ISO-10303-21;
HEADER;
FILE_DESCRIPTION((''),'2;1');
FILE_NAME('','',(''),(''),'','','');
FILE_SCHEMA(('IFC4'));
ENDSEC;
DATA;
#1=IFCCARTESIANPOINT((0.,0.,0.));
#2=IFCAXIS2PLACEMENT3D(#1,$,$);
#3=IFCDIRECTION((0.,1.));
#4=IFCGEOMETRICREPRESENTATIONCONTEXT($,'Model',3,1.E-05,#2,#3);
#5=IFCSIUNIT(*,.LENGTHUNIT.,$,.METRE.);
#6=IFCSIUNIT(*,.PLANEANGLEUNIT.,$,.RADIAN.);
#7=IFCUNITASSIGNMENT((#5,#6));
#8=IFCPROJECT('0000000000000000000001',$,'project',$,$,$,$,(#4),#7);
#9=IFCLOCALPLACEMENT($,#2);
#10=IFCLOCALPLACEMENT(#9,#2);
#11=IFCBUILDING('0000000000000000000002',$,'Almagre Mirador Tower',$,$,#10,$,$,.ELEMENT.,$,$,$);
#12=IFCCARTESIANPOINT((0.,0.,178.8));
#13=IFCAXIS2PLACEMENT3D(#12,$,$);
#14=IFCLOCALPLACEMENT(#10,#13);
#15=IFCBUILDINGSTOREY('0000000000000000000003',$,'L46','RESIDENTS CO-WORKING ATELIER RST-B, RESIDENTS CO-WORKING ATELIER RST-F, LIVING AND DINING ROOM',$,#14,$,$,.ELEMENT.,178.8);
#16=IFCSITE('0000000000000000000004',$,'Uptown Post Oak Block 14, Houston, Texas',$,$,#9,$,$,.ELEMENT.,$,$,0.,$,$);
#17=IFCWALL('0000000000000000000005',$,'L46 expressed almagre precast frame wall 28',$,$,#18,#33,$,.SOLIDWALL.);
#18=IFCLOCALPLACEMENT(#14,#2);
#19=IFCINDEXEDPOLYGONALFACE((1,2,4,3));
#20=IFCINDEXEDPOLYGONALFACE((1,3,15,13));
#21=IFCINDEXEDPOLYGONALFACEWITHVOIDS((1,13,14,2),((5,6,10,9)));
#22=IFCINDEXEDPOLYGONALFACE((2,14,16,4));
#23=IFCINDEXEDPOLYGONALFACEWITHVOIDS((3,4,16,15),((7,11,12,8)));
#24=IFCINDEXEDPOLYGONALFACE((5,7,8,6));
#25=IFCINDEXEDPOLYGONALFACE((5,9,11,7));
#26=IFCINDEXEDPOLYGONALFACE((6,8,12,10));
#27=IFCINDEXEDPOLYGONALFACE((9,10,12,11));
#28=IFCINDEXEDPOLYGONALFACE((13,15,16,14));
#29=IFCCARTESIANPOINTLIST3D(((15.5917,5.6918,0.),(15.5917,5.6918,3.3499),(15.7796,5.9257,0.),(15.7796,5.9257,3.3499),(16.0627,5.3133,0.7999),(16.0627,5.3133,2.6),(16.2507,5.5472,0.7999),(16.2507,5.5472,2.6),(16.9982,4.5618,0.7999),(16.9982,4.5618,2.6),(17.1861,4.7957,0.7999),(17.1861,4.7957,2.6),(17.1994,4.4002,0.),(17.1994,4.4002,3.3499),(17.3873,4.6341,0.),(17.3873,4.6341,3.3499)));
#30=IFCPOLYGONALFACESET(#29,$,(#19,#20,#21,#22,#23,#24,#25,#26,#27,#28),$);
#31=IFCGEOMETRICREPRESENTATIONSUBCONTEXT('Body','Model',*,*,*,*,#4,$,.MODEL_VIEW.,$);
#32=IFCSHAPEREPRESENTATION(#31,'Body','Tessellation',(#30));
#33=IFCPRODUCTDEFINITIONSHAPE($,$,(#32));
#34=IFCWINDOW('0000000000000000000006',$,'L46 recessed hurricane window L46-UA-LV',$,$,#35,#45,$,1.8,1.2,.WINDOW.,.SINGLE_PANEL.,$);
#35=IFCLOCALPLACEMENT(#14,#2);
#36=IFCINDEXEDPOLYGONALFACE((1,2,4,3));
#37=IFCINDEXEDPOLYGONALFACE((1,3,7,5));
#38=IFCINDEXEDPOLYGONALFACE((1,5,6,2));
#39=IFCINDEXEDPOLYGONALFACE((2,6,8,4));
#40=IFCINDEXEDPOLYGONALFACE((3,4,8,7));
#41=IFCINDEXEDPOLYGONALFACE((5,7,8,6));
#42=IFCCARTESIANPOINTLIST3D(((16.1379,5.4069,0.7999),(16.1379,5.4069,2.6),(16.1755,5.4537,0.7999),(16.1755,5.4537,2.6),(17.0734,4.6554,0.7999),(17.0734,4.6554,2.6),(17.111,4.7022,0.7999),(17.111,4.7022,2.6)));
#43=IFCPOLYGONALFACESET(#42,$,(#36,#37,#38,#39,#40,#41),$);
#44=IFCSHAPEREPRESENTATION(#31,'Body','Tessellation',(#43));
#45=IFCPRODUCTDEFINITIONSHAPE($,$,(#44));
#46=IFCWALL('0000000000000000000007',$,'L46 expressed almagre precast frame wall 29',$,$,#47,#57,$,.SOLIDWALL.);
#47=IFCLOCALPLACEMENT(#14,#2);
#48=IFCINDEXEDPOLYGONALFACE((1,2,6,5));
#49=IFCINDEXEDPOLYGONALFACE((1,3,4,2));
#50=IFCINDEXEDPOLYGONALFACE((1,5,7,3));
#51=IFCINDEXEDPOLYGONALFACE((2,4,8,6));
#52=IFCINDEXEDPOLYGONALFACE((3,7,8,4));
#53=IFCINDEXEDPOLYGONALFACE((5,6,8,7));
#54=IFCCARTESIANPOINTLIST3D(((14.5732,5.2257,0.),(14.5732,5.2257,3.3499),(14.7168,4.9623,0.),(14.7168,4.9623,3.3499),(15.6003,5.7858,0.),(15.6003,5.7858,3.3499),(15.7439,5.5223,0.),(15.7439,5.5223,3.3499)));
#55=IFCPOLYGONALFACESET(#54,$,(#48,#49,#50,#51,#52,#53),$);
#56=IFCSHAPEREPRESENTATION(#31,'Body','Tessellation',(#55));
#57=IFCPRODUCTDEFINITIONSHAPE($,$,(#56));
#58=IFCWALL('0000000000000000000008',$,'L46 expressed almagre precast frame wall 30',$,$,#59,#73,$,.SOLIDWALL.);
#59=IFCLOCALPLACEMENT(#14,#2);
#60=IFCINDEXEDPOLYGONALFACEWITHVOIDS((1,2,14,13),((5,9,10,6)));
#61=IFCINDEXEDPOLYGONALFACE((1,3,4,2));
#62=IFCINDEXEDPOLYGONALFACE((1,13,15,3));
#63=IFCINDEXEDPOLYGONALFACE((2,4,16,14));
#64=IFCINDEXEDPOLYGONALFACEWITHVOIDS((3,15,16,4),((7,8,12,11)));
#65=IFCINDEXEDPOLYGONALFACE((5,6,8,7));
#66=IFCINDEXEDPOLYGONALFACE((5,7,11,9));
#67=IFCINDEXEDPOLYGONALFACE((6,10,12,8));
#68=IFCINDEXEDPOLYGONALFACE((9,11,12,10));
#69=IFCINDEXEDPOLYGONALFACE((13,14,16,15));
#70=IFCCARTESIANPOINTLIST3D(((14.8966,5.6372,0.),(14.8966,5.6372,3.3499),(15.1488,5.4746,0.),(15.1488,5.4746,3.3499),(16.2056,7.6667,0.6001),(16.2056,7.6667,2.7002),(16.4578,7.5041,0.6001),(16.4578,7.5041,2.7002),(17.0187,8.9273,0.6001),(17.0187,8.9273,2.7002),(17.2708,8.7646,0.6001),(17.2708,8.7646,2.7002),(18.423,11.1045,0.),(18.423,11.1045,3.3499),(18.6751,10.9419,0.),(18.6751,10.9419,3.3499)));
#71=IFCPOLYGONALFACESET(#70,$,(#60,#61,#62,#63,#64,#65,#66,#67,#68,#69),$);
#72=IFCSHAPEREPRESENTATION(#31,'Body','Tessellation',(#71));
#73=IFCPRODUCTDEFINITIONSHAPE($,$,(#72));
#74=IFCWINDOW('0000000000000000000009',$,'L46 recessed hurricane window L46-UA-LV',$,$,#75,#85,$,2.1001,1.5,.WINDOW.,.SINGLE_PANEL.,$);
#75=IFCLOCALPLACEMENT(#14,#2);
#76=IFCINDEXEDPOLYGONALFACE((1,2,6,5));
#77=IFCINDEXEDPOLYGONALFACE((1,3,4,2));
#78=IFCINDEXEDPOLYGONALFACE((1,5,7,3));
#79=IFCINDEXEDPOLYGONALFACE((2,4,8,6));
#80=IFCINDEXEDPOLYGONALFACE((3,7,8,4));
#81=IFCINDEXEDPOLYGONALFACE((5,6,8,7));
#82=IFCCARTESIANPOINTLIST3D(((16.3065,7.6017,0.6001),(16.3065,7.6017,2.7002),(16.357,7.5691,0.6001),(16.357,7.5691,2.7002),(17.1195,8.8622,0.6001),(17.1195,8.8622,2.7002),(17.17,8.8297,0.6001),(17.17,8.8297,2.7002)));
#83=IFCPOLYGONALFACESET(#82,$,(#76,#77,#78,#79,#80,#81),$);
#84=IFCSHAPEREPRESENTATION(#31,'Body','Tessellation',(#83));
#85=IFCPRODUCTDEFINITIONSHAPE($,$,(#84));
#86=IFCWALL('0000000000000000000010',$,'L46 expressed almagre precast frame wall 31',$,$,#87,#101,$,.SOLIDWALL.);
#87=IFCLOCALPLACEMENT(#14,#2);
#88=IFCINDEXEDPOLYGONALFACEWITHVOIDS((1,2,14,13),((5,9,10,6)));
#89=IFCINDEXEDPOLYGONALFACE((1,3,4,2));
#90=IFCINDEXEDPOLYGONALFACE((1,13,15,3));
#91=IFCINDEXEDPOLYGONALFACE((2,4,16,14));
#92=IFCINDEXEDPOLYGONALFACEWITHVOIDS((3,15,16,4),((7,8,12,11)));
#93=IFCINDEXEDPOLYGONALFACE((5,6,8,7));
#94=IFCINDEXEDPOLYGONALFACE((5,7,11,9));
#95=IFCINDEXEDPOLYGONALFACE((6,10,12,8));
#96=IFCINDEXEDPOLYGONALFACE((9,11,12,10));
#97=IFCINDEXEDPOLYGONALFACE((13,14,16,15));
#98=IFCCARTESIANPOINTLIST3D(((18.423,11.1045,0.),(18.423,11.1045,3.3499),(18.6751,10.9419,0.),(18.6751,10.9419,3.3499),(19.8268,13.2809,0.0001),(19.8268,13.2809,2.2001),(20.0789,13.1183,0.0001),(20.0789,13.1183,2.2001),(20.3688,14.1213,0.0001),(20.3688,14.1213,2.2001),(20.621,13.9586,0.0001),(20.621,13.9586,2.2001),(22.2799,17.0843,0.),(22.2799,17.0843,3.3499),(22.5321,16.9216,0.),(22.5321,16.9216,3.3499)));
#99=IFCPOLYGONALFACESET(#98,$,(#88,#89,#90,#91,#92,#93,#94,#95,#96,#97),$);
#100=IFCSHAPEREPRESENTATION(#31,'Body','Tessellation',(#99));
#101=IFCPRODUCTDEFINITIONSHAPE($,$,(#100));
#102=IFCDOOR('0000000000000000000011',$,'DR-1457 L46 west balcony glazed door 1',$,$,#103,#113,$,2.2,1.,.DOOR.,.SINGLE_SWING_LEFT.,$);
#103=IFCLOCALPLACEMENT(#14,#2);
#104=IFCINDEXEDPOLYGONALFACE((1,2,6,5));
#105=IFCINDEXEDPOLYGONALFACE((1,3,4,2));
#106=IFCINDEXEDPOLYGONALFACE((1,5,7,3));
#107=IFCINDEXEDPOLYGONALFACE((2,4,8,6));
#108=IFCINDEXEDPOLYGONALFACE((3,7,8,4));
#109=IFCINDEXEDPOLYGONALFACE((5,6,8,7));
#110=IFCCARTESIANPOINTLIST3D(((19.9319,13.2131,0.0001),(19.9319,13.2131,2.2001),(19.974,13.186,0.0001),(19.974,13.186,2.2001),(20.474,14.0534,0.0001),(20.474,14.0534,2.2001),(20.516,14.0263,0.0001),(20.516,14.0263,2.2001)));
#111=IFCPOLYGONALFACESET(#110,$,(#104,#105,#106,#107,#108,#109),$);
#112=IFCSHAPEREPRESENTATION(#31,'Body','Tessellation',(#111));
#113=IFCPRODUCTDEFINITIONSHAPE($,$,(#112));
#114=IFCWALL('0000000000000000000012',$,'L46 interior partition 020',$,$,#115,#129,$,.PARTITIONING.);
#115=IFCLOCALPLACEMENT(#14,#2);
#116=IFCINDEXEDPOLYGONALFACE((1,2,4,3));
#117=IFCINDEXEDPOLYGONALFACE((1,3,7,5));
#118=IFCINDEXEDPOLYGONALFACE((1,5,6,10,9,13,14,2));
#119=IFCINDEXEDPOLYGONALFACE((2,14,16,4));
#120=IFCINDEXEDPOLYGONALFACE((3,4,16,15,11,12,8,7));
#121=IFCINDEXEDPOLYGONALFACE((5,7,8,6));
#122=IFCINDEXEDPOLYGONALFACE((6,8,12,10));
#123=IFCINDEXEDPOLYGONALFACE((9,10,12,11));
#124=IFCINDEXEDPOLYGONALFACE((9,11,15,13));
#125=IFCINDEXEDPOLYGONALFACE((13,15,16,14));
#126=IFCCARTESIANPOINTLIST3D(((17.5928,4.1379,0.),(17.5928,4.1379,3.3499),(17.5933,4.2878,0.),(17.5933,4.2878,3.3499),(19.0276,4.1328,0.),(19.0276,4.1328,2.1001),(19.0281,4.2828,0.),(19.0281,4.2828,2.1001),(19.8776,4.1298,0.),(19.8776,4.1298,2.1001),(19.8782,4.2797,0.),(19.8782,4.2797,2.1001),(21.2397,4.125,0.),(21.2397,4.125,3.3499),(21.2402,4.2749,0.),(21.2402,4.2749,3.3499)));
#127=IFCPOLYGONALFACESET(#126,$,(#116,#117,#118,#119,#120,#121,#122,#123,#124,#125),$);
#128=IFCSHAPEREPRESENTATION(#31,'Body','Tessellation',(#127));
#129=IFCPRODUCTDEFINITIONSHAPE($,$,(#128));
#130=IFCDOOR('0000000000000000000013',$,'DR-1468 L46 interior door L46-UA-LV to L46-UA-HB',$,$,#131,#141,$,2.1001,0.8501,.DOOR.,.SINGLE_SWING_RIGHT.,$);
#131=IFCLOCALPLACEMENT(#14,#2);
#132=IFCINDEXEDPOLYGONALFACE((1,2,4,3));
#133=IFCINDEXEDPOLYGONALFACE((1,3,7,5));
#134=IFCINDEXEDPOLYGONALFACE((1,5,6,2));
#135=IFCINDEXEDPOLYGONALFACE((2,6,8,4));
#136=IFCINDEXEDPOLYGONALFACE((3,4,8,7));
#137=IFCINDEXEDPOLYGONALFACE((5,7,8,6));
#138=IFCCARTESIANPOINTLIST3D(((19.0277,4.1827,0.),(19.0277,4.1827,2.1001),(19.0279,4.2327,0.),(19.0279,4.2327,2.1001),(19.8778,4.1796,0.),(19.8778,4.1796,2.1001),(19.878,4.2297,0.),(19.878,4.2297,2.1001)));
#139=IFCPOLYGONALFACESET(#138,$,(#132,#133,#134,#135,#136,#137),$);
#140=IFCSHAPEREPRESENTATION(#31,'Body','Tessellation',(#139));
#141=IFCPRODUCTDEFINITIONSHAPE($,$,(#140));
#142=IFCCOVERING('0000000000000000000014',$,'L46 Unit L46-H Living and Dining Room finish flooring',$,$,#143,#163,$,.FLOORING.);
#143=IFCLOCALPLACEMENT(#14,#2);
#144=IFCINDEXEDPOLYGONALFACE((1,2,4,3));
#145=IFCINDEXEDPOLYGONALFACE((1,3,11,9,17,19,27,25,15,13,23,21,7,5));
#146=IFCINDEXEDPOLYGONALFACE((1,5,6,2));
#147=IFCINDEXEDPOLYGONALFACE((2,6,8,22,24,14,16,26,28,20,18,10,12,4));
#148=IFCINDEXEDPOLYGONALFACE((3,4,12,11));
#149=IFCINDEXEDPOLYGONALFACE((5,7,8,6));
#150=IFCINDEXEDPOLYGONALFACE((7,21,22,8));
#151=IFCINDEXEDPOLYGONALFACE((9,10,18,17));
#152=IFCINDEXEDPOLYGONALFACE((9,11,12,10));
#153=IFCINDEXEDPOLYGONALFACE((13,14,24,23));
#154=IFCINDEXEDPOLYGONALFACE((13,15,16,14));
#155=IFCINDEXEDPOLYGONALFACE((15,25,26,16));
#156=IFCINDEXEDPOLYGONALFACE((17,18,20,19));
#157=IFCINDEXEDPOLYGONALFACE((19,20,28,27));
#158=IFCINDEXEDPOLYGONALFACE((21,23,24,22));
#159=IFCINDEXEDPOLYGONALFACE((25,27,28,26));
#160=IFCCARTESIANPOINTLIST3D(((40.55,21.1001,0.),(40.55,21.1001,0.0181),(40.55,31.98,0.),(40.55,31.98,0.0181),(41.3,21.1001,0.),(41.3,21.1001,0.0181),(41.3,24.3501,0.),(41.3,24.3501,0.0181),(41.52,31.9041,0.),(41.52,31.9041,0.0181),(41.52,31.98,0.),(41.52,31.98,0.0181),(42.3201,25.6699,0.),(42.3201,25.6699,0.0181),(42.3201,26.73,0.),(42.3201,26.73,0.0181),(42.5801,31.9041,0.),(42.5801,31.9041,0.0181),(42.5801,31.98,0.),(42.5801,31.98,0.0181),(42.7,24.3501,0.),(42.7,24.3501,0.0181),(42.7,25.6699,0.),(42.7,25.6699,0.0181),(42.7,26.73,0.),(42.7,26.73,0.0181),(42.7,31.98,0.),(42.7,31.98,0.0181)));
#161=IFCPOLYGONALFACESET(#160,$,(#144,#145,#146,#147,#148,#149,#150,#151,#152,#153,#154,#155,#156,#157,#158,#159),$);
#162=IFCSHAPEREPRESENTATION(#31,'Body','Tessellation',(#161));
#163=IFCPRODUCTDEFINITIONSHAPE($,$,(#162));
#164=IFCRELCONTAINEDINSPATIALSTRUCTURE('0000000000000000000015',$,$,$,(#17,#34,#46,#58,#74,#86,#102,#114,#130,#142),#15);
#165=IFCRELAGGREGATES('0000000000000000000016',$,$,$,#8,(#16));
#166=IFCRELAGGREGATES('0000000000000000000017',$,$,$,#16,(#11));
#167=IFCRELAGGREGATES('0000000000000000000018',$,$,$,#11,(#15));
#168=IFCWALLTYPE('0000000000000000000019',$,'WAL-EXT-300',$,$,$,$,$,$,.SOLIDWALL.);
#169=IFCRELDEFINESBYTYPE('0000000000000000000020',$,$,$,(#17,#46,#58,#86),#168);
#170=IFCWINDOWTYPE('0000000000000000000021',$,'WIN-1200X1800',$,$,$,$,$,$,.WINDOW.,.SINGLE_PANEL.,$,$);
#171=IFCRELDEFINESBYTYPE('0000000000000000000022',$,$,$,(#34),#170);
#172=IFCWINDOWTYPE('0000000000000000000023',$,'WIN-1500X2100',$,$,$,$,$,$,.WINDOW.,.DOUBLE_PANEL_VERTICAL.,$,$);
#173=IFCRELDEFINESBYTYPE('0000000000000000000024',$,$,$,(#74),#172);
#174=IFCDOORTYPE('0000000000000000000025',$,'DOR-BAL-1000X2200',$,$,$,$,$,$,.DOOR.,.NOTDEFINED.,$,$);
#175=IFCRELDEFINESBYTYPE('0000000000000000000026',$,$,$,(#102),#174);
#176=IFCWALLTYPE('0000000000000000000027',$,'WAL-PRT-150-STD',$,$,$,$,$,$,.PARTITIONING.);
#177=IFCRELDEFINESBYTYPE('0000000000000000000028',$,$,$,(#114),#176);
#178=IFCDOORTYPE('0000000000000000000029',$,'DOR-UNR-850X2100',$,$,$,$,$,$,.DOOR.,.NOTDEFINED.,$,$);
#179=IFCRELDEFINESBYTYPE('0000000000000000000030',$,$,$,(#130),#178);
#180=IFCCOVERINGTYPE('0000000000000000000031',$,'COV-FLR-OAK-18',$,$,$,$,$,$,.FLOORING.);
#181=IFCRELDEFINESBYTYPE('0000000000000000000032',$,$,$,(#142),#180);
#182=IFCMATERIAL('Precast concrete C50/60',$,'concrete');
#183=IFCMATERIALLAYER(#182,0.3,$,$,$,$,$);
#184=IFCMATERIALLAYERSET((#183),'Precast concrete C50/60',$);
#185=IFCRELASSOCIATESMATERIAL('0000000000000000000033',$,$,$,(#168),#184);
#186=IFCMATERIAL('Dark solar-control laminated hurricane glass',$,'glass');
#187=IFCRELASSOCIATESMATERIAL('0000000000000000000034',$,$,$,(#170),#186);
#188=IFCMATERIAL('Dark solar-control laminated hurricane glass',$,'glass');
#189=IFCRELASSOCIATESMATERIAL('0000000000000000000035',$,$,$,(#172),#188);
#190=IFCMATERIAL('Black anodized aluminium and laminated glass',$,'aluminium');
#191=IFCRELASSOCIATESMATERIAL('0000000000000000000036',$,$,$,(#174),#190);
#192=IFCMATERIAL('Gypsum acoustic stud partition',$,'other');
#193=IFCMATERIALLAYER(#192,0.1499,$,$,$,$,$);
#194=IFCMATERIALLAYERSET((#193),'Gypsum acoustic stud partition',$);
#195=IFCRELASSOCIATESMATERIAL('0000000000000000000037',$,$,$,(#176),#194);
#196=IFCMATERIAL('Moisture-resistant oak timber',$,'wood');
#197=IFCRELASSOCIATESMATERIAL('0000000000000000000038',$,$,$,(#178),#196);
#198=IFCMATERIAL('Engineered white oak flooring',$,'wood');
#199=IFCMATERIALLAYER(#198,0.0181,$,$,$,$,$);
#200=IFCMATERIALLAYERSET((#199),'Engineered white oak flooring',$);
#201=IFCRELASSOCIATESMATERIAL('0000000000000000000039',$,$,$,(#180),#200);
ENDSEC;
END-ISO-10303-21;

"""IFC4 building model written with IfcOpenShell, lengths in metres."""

from ifc_helpers import new_model, si_unit, direction, frame, frame_2d, origin, place, context, subcontext, project, spatial, polyline, rectangle, outline, extrude, material, layer, layer_set, type_object, element, fill, save


model = new_model("IFC4")

# Units and contexts
model_context = context("Model", 3, precision=1e-05, world=origin(), true_north=direction((0.0, 1.0)))
body_context = subcontext(model_context, "Body", "Model", "MODEL_VIEW")
ifc_project = project(units=[si_unit("LENGTHUNIT", "METRE"), si_unit("PLANEANGLEUNIT", "RADIAN")], contexts=[model_context])

# Site, building, storey
site_placement = place(None, origin())
site = spatial("IfcSite", under=ifc_project, at=site_placement, Name="Uptown Post Oak Block 14, Houston, Texas", CompositionType="ELEMENT", RefElevation=0.0)
building_placement = place(site_placement, origin())
building = spatial("IfcBuilding", under=site, at=building_placement, Name="Almagre Mirador Tower", CompositionType="ELEMENT")
storey_placement = place(building_placement, frame((0.0, 0.0, 178.8)))
storey = spatial("IfcBuildingStorey", under=building, at=storey_placement, Name="L46", Description="RESIDENTS CO-WORKING ATELIER RST-B, RESIDENTS CO-WORKING ATELIER RST-F, LIVING AND DINING ROOM", CompositionType="ELEMENT", Elevation=178.8)

# Shared definitions
ifc_material_1 = material(Name="Precast concrete C50/60", Category="concrete")
ifc_layer_1 = layer(ifc_material_1, 0.3)
ifc_layer_set_1 = layer_set([ifc_layer_1], Name="Precast concrete C50/60")
wall_type_1 = type_object("IfcWallType", Name="WAL-EXT-300", PredefinedType="SOLIDWALL", material=ifc_layer_set_1)

# Wall, opening, window
wall_1_placement = place(storey_placement, frame((17.2935, 4.5171, 0.0), z_axis=(0.0, 0.0, 1.0), x_axis=(-0.779597, 0.626282, 0.0)))
wall_1 = element("IfcWall", 1, at=wall_1_placement, inside=storey, type_object=wall_type_1, Name="L46 expressed almagre precast frame wall 28", PredefinedType="SOLIDWALL", context=body_context, shape_type="SweptSolid", body=[
    extrude(rectangle(XDim=2.0623, YDim=0.3, at=frame_2d((1.0312, 0.0))), origin(), (0.0, 0.0, 1.0), 3.3499),
])
opening_1_placement = place(wall_1_placement, frame((0.2581, 0.0, 0.8)))
opening_1 = element("IfcOpeningElement", 2, at=opening_1_placement, cuts=wall_1, PredefinedType="OPENING", context=body_context, shape_type="SweptSolid", body=[
    extrude(rectangle(XDim=1.2, YDim=1.8, at=frame_2d((0.6001, 0.8999))), frame((0.0, 0.1599, 0.0), z_axis=(0.0, -1.0, 0.0), x_axis=(1.0, 0.0, 0.0)), (0.0, 0.0, 1.0), 0.32),
])
ifc_material_2 = material(Name="Dark solar-control laminated hurricane glass", Category="glass")
window_type_1 = type_object("IfcWindowType", Name="WIN-1200X1800", PartitioningType="SINGLE_PANEL", PredefinedType="WINDOW", material=ifc_material_2)
window_1_placement = place(opening_1_placement, origin())
window_1 = element("IfcWindow", 3, at=window_1_placement, inside=storey, type_object=window_type_1, Name="L46 recessed hurricane window L46-UA-LV", OverallHeight=1.8, OverallWidth=1.2, PartitioningType="SINGLE_PANEL", PredefinedType="WINDOW", context=body_context, shape_type="SweptSolid", body=[
    extrude(rectangle(XDim=1.2, YDim=1.8, at=frame_2d((0.6001, 0.8999))), frame((0.0, 0.03, 0.0), z_axis=(0.0, -1.0, 0.0), x_axis=(1.0, 0.0, 0.0)), (0.0, 0.0, 1.0), 0.0601),
])
fill(opening_1, window_1)

# Wall
wall_2_placement = place(storey_placement, frame((15.6721, 5.6541, 0.0), z_axis=(0.0, 0.0, 1.0), x_axis=(-0.877959, -0.478735, 0.0)))
element("IfcWall", 4, at=wall_2_placement, inside=storey, type_object=wall_type_1, Name="L46 expressed almagre precast frame wall 29", PredefinedType="SOLIDWALL", context=body_context, shape_type="SweptSolid", body=[
    extrude(rectangle(XDim=1.1699, YDim=0.3, at=frame_2d((0.585, 0.0))), origin(), (0.0, 0.0, 1.0), 3.3499),
])

# Wall, opening, window
wall_3_placement = place(storey_placement, frame((15.0227, 5.5559, 0.0), z_axis=(0.0, 0.0, 1.0), x_axis=(0.542028, 0.840361, 0.0)))
wall_3 = element("IfcWall", 5, at=wall_3_placement, inside=storey, type_object=wall_type_1, Name="L46 expressed almagre precast frame wall 30", PredefinedType="SOLIDWALL", context=body_context, shape_type="SweptSolid", body=[
    extrude(rectangle(XDim=6.5059, YDim=0.3, at=frame_2d((3.2529, 0.0))), origin(), (0.0, 0.0, 1.0), 3.3499),
])
opening_2_placement = place(wall_3_placement, frame((2.415, 0.0, 0.6001)))
opening_2 = element("IfcOpeningElement", 6, at=opening_2_placement, cuts=wall_3, PredefinedType="OPENING", context=body_context, shape_type="SweptSolid", body=[
    extrude(rectangle(XDim=1.5, YDim=2.1001, at=frame_2d((0.75, 1.05))), frame((0.0, 0.1599, 0.0), z_axis=(0.0, -1.0, 0.0), x_axis=(1.0, 0.0, 0.0)), (0.0, 0.0, 1.0), 0.32),
])
ifc_material_3 = material(Name="Dark solar-control laminated hurricane glass", Category="glass")
window_type_2 = type_object("IfcWindowType", Name="WIN-1500X2100", PartitioningType="DOUBLE_PANEL_VERTICAL", PredefinedType="WINDOW", material=ifc_material_3)
window_2_placement = place(opening_2_placement, origin())
window_2 = element("IfcWindow", 7, at=window_2_placement, inside=storey, type_object=window_type_2, Name="L46 recessed hurricane window L46-UA-LV", OverallHeight=2.1001, OverallWidth=1.5, PartitioningType="SINGLE_PANEL", PredefinedType="WINDOW", context=body_context, shape_type="SweptSolid", body=[
    extrude(rectangle(XDim=1.5, YDim=2.1001, at=frame_2d((0.75, 1.05))), frame((0.0, 0.03, 0.0), z_axis=(0.0, -1.0, 0.0), x_axis=(1.0, 0.0, 0.0)), (0.0, 0.0, 1.0), 0.0601),
])
fill(opening_2, window_2)

# Walls, openings, doors
wall_4_placement = place(storey_placement, frame((18.5491, 11.0232, 0.0), z_axis=(0.0, 0.0, 1.0), x_axis=(0.542032, 0.840358, 0.0)))
wall_4 = element("IfcWall", 8, at=wall_4_placement, inside=storey, type_object=wall_type_1, Name="L46 expressed almagre precast frame wall 31", PredefinedType="SOLIDWALL", context=body_context, shape_type="SweptSolid", body=[
    extrude(rectangle(XDim=7.1157, YDim=0.3, at=frame_2d((3.5579, 0.0))), origin(), (0.0, 0.0, 1.0), 3.3499),
])
opening_3_placement = place(wall_4_placement, frame((2.5898, 0.0, 0.0)))
opening_3 = element("IfcOpeningElement", 9, at=opening_3_placement, cuts=wall_4, PredefinedType="OPENING", context=body_context, shape_type="SweptSolid", body=[
    extrude(rectangle(XDim=1.0, YDim=2.2, at=frame_2d((0.5, 1.1001))), frame((0.0, 0.1599, 0.0), z_axis=(0.0, -1.0, 0.0), x_axis=(1.0, 0.0, 0.0)), (0.0, 0.0, 1.0), 0.32),
])
ifc_material_4 = material(Name="Black anodized aluminium and laminated glass", Category="aluminium")
door_type_1 = type_object("IfcDoorType", Name="DOR-BAL-1000X2200", OperationType="NOTDEFINED", PredefinedType="DOOR", material=ifc_material_4)
door_1_placement = place(opening_3_placement, origin())
door_1 = element("IfcDoor", 10, at=door_1_placement, inside=storey, type_object=door_type_1, Name="DR-1457 L46 west balcony glazed door 1", OperationType="SINGLE_SWING_LEFT", OverallHeight=2.2, OverallWidth=1.0, PredefinedType="DOOR", context=body_context, shape_type="SweptSolid", body=[
    extrude(rectangle(XDim=1.0, YDim=2.2, at=frame_2d((0.5, 1.1001))), frame((0.0, 0.0249, 0.0), z_axis=(0.0, -1.0, 0.0), x_axis=(1.0, 0.0, 0.0)), (0.0, 0.0, 1.0), 0.05),
])
fill(opening_3, door_1)
ifc_material_5 = material(Name="Gypsum acoustic stud partition", Category="other")
ifc_layer_2 = layer(ifc_material_5, 0.1499)
ifc_layer_set_2 = layer_set([ifc_layer_2], Name="Gypsum acoustic stud partition")
wall_type_2 = type_object("IfcWallType", Name="WAL-PRT-150-STD", PredefinedType="PARTITIONING", material=ifc_layer_set_2)
wall_5_placement = place(storey_placement, frame((17.593, 4.2129, 0.0), z_axis=(0.0, 0.0, 1.0), x_axis=(0.999994, -0.003548, 0.0)))
wall_5 = element("IfcWall", 11, at=wall_5_placement, inside=storey, type_object=wall_type_2, Name="L46 interior partition 020", PredefinedType="PARTITIONING", context=body_context, shape_type="SweptSolid", body=[
    extrude(rectangle(XDim=3.647, YDim=0.1499, at=frame_2d((1.8235, 0.0))), origin(), (0.0, 0.0, 1.0), 3.3499),
])
opening_4_placement = place(wall_5_placement, frame((1.4348, 0.0, 0.0)))
opening_4 = element("IfcOpeningElement", 12, at=opening_4_placement, cuts=wall_5, PredefinedType="OPENING", context=body_context, shape_type="SweptSolid", body=[
    extrude(rectangle(XDim=0.8501, YDim=2.1001, at=frame_2d((0.425, 1.05))), frame((0.0, 0.085, 0.0), z_axis=(0.0, -1.0, 0.0), x_axis=(1.0, 0.0, 0.0)), (0.0, 0.0, 1.0), 0.1699),
])
ifc_material_6 = material(Name="Moisture-resistant oak timber", Category="wood")
door_type_2 = type_object("IfcDoorType", Name="DOR-UNR-850X2100", OperationType="NOTDEFINED", PredefinedType="DOOR", material=ifc_material_6)
door_2_placement = place(opening_4_placement, origin())
door_2 = element("IfcDoor", 13, at=door_2_placement, inside=storey, type_object=door_type_2, Name="DR-1468 L46 interior door L46-UA-LV to L46-UA-HB", OperationType="SINGLE_SWING_RIGHT", OverallHeight=2.1001, OverallWidth=0.8501, PredefinedType="DOOR", context=body_context, shape_type="SweptSolid", body=[
    extrude(rectangle(XDim=0.8501, YDim=2.1001, at=frame_2d((0.425, 1.05))), frame((0.0, 0.0249, 0.0), z_axis=(0.0, -1.0, 0.0), x_axis=(1.0, 0.0, 0.0)), (0.0, 0.0, 1.0), 0.05),
])
fill(opening_4, door_2)

# Covering
ifc_material_7 = material(Name="Engineered white oak flooring", Category="wood")
ifc_layer_3 = layer(ifc_material_7, 0.0181)
ifc_layer_set_3 = layer_set([ifc_layer_3], Name="Engineered white oak flooring")
covering_type = type_object("IfcCoveringType", Name="COV-FLR-OAK-18", PredefinedType="FLOORING", material=ifc_layer_set_3)
covering_placement = place(storey_placement, origin())
element("IfcCovering", 14, at=covering_placement, inside=storey, type_object=covering_type, Name="L46 Unit L46-H Living and Dining Room finish flooring", PredefinedType="FLOORING", context=body_context, shape_type="SweptSolid", body=[
    extrude(outline(polyline([(41.3, 24.3501), (41.3, 21.1001), (40.55, 21.1001), (40.55, 31.98), (41.52, 31.98), (41.52, 31.9041), (42.5801, 31.9041), (42.5801, 31.98), (42.7, 31.98), (42.7, 26.73), (42.3201, 26.73), (42.3201, 25.6699), (42.7, 25.6699), (42.7, 24.3501), (41.3, 24.3501)])), origin(), (0.0, 0.0, 1.0), 0.0181),
])

save(model, "model.ifc")
